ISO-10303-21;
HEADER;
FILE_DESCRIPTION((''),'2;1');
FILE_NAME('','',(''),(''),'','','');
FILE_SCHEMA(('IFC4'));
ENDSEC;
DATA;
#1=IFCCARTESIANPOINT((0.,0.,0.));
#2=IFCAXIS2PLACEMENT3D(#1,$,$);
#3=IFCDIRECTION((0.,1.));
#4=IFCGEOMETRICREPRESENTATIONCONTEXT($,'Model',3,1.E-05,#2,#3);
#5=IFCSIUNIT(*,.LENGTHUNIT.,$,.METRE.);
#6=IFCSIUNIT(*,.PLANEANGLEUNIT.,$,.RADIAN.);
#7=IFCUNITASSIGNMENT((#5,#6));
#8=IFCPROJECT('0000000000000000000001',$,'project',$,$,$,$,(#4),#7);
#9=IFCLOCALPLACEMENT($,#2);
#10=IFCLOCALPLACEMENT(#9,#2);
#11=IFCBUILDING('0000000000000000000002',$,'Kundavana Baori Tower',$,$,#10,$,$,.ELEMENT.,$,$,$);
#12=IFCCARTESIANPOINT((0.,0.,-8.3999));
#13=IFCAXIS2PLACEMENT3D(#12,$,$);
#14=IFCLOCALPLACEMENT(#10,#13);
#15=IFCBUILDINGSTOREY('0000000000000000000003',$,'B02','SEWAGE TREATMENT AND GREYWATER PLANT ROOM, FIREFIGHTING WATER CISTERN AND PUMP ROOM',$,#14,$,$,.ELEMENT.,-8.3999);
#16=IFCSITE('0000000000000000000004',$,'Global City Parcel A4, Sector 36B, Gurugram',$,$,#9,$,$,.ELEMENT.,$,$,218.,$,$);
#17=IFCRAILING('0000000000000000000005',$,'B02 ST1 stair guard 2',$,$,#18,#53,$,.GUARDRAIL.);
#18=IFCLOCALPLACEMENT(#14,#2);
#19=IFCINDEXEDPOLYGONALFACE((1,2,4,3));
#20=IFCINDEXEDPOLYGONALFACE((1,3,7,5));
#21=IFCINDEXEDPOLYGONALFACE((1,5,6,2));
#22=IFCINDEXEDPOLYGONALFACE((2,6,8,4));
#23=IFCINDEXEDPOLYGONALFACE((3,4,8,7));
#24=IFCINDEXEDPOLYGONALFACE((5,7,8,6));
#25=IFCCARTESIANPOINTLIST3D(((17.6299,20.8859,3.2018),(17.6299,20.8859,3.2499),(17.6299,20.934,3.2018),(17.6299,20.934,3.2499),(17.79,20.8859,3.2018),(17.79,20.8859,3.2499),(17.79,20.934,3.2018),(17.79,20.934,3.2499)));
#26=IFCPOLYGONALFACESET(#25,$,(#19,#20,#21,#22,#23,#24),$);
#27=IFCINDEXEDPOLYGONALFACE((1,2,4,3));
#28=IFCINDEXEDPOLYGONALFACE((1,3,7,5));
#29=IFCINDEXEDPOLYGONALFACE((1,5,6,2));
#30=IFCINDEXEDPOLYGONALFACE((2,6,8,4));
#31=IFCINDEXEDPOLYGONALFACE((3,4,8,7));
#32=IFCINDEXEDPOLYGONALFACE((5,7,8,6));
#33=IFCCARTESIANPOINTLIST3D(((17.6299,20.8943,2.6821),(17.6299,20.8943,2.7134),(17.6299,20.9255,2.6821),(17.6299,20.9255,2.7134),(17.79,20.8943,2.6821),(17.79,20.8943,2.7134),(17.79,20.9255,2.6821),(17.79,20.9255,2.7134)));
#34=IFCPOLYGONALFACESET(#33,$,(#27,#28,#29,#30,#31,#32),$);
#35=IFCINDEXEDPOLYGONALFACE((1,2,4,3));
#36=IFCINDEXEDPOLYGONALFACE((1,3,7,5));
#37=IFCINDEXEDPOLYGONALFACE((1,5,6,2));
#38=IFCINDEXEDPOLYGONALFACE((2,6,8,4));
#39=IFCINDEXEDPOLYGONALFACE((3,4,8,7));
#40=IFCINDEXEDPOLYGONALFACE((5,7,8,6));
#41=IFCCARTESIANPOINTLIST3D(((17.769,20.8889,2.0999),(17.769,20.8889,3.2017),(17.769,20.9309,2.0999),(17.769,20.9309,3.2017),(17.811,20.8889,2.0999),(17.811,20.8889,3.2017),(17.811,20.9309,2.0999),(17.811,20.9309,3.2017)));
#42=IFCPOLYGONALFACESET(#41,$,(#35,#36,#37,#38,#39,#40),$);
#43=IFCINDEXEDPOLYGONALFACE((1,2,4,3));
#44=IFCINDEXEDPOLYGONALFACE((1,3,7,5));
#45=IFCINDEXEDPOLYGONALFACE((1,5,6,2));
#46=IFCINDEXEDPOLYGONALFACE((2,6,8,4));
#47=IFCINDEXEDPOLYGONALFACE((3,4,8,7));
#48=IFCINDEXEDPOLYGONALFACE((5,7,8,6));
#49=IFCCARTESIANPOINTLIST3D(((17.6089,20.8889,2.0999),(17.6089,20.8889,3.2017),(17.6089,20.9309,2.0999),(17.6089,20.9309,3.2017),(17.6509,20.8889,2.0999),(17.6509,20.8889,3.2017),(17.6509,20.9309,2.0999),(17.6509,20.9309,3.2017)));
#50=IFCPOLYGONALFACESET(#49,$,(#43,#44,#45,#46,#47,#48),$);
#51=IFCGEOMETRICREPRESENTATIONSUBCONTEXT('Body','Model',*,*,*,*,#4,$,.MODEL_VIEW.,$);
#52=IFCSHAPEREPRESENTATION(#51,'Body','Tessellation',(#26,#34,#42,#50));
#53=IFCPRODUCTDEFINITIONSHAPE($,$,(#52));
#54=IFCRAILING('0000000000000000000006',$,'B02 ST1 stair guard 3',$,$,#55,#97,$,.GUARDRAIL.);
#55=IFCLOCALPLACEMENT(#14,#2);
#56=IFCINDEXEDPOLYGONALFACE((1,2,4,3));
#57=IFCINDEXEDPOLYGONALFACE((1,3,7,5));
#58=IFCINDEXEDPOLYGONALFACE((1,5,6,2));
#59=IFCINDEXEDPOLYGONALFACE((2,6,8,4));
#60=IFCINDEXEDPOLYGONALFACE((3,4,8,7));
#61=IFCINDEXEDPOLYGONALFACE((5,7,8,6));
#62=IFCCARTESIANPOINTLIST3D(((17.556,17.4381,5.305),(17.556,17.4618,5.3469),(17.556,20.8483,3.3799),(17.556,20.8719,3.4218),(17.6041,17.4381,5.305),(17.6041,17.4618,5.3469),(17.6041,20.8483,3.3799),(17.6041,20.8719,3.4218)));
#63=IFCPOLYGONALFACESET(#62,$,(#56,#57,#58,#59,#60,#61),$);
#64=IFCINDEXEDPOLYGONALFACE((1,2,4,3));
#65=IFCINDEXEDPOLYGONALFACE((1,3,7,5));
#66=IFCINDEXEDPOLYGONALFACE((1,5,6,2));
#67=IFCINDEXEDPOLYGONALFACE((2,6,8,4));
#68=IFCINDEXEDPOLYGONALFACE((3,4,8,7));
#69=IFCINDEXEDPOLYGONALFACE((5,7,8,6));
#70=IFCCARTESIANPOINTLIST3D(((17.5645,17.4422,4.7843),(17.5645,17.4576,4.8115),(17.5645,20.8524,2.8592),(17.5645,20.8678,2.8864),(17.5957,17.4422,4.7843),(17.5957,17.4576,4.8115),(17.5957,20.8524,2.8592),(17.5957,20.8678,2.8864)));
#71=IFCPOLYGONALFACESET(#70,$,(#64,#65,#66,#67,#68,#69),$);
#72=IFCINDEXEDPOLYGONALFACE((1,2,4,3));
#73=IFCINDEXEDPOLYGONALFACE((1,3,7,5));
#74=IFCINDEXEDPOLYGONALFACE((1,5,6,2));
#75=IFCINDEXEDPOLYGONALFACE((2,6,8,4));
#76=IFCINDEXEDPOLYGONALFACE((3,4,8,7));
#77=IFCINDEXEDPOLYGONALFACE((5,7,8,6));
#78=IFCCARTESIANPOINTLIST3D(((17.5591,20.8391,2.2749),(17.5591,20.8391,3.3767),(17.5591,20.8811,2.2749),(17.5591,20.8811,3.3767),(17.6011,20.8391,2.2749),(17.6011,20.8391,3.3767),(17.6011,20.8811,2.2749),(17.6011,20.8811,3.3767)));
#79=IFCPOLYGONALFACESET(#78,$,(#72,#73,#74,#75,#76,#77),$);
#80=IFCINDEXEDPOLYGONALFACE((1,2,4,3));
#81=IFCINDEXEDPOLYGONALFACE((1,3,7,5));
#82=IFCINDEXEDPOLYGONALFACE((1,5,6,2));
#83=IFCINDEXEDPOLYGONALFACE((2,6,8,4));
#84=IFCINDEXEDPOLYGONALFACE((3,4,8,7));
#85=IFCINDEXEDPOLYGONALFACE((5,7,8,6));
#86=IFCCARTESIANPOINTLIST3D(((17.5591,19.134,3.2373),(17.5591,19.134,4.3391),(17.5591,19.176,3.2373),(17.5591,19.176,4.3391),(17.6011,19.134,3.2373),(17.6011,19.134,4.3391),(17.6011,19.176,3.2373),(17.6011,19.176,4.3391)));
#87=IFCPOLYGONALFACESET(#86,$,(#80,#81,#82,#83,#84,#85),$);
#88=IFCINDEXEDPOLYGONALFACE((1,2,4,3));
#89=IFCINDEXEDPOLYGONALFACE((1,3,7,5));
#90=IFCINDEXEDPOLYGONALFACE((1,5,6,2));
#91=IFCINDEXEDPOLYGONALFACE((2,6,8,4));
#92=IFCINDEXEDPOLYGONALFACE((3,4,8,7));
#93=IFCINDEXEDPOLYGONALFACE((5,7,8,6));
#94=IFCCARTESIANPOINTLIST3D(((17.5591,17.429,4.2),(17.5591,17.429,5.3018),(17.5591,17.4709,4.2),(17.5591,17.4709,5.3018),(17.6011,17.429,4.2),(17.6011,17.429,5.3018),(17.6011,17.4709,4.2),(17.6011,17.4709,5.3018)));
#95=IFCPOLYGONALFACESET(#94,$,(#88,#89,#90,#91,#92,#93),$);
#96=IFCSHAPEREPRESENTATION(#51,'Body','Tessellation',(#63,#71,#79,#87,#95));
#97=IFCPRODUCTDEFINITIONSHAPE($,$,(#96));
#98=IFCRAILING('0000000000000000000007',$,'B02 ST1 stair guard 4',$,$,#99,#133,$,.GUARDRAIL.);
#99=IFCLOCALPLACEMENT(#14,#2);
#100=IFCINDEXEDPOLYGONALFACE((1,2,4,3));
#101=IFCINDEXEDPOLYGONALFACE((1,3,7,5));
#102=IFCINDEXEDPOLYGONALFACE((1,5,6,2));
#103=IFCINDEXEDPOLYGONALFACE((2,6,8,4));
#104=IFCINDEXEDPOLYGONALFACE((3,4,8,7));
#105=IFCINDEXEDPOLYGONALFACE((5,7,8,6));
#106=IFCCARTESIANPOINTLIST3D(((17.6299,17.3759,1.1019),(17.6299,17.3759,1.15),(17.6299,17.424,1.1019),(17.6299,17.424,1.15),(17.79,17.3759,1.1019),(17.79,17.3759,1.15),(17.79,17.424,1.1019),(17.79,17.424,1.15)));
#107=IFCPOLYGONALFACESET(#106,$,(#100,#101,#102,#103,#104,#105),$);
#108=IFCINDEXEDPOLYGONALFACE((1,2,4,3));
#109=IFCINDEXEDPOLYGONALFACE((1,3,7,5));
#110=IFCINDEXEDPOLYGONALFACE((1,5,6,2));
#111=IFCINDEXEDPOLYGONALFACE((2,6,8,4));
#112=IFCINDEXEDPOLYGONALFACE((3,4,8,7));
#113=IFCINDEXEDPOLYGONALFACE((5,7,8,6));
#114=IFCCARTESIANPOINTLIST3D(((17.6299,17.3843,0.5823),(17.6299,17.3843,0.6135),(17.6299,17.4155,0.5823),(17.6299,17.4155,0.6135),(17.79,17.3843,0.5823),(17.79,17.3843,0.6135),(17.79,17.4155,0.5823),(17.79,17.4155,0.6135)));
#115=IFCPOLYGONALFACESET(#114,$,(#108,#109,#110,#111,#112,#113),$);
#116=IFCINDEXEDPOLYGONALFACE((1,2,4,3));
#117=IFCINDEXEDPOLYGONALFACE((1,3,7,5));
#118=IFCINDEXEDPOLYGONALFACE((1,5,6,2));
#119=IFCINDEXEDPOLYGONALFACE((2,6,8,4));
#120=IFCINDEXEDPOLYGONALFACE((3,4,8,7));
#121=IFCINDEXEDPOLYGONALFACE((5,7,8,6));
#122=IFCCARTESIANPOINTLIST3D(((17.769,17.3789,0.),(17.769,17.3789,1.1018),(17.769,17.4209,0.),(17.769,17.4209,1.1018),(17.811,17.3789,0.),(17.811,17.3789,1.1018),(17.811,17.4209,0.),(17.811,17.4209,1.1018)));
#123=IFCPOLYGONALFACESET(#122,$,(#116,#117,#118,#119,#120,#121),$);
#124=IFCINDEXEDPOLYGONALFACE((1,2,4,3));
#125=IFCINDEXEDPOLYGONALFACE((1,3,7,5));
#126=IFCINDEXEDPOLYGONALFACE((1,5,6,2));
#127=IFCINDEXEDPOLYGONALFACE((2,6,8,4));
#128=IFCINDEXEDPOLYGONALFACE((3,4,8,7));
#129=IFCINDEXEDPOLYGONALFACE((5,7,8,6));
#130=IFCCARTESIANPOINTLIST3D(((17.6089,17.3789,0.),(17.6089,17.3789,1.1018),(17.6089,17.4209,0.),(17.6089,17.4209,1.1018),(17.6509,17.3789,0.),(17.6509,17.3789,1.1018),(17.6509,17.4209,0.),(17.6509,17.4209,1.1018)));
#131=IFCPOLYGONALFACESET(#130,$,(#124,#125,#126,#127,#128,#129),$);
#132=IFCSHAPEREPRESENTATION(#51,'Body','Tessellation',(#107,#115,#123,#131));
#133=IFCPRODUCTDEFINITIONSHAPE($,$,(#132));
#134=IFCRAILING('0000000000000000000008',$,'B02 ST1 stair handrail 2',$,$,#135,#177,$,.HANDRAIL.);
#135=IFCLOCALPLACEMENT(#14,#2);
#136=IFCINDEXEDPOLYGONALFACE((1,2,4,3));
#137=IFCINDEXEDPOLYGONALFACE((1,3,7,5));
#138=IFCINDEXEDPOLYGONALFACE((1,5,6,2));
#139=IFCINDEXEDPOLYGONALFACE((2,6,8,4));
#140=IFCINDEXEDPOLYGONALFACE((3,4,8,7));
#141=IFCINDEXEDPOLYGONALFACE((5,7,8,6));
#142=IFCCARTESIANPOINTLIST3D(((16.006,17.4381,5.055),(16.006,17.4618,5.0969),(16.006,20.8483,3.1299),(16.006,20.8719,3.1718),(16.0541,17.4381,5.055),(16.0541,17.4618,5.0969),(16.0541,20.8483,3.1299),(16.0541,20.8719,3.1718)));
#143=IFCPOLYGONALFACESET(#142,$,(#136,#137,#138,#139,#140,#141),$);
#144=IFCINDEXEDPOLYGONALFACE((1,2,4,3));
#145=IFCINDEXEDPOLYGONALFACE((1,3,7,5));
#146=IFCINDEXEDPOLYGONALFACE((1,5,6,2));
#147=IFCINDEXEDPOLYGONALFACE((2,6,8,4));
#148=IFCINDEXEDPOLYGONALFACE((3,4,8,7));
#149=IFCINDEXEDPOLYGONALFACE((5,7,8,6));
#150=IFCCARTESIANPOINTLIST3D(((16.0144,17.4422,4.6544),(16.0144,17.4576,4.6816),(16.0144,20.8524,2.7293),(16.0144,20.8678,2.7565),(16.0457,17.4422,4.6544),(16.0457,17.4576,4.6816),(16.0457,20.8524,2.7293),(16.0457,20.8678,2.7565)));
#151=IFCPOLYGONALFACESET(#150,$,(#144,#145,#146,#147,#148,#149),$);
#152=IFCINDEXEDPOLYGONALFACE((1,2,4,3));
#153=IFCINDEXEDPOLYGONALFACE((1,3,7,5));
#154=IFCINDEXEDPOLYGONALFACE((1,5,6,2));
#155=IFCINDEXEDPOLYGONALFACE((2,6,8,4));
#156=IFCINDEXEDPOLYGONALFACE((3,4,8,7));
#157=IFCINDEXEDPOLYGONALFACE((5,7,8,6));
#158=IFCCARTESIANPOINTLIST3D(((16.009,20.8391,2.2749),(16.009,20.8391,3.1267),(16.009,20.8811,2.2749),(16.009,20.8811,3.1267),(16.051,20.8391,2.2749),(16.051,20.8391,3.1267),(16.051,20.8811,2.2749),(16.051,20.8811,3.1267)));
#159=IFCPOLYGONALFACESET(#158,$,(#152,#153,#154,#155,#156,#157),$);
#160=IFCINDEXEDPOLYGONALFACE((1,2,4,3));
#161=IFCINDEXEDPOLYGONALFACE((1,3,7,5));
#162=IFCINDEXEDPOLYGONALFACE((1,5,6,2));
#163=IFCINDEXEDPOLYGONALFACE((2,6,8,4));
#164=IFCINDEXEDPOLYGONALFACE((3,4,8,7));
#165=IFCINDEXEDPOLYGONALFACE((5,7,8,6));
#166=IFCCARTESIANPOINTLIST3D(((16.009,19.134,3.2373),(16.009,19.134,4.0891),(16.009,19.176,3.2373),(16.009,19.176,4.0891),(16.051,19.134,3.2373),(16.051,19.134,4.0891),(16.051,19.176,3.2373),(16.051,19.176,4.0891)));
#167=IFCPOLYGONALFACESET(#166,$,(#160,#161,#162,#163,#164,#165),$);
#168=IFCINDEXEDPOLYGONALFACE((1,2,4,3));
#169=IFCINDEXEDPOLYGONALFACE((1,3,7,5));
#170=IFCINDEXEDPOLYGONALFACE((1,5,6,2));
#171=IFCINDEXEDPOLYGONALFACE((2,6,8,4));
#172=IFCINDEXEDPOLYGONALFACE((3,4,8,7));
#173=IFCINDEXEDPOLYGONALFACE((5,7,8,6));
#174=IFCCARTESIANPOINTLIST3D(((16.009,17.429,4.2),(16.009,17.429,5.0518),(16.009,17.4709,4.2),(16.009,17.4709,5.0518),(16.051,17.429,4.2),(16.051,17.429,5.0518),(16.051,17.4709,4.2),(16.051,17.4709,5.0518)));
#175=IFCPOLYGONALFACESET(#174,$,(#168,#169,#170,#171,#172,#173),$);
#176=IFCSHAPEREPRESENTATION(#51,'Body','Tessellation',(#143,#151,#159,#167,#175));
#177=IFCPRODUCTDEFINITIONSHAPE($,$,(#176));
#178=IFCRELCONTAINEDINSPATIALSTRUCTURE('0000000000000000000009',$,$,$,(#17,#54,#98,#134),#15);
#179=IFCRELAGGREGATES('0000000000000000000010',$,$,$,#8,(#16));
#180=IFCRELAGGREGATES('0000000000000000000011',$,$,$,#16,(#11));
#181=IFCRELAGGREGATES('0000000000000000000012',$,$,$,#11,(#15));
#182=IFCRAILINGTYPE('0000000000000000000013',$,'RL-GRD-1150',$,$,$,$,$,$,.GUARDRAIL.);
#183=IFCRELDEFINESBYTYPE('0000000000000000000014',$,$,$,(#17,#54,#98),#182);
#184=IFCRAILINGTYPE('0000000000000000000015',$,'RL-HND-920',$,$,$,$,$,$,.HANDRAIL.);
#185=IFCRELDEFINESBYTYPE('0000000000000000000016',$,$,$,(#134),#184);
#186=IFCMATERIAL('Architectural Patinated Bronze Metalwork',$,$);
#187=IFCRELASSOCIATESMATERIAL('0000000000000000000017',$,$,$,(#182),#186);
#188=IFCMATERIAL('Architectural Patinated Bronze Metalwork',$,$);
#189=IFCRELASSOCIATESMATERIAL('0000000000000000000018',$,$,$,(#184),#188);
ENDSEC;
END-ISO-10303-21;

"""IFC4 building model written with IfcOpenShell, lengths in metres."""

from ifc_helpers import new_model, si_unit, direction, frame, origin, origin_2d, place, context, subcontext, project, spatial, rectangle, extrude, material, type_object, element, save


model = new_model("IFC4")

# Units and contexts
model_context = context("Model", 3, precision=1e-05, world=origin(), true_north=direction((0.0, 1.0)))
body_context = subcontext(model_context, "Body", "Model", "MODEL_VIEW")
ifc_project = project(units=[si_unit("LENGTHUNIT", "METRE"), si_unit("PLANEANGLEUNIT", "RADIAN")], contexts=[model_context])

# Site, building, storey
site_placement = place(None, origin())
site = spatial("IfcSite", under=ifc_project, at=site_placement, Name="Global City Parcel A4, Sector 36B, Gurugram", CompositionType="ELEMENT", RefElevation=218.0)
building_placement = place(site_placement, origin())
building = spatial("IfcBuilding", under=site, at=building_placement, Name="Kundavana Baori Tower", CompositionType="ELEMENT")
storey_placement = place(building_placement, frame((0.0, 0.0, -8.3999)))
storey = spatial("IfcBuildingStorey", under=building, at=storey_placement, Name="B02", Description="SEWAGE TREATMENT AND GREYWATER PLANT ROOM, FIREFIGHTING WATER CISTERN AND PUMP ROOM", CompositionType="ELEMENT", Elevation=-8.3999)

# Railings
ifc_material_1 = material(Name="Architectural Patinated Bronze Metalwork")
railing_type_1 = type_object("IfcRailingType", Name="RL-GRD-1150", PredefinedType="GUARDRAIL", material=ifc_material_1)
railing_1_placement = place(storey_placement, frame((17.79, 20.9099, 2.0999)))
element("IfcRailing", 1, at=railing_1_placement, inside=storey, type_object=railing_type_1, Name="B02 ST1 stair guard 2", PredefinedType="GUARDRAIL", context=body_context, shape_type="SweptSolid", body=[
    extrude(rectangle(XDim=0.0481, YDim=0.0481, at=origin_2d()), frame((0.0, 0.0, 1.126), z_axis=(-1.0, 0.0, 0.0), x_axis=(0.0, -1.0, 0.0)), (0.0, 0.0, 1.0), 0.1602),
    extrude(rectangle(XDim=0.0312, YDim=0.0312, at=origin_2d()), frame((0.0, 0.0, 0.5979), z_axis=(-1.0, 0.0, 0.0), x_axis=(0.0, -1.0, 0.0)), (0.0, 0.0, 1.0), 0.1602),
    extrude(rectangle(XDim=0.042, YDim=0.042, at=origin_2d()), origin(), (0.0, 0.0, 1.0), 1.1018),
    extrude(rectangle(XDim=0.042, YDim=0.042, at=origin_2d()), frame((-0.1602, 0.0, 0.0)), (0.0, 0.0, 1.0), 1.1018),
])
railing_2_placement = place(storey_placement, frame((17.5801, 20.8601, 2.2749)))
element("IfcRailing", 2, at=railing_2_placement, inside=storey, type_object=railing_type_1, Name="B02 ST1 stair guard 3", PredefinedType="GUARDRAIL", context=body_context, shape_type="SweptSolid", body=[
    extrude(rectangle(XDim=0.0481, YDim=0.0481, at=origin_2d()), frame((0.0, 0.0, 1.126), z_axis=(0.0, -0.870829, 0.491587), x_axis=(1.0, 0.0, 0.0)), (0.0, 0.0, 1.0), 3.916),
    extrude(rectangle(XDim=0.0312, YDim=0.0312, at=origin_2d()), frame((0.0, 0.0, 0.5979), z_axis=(0.0, -0.870829, 0.491587), x_axis=(1.0, 0.0, 0.0)), (0.0, 0.0, 1.0), 3.916),
    extrude(rectangle(XDim=0.042, YDim=0.042, at=origin_2d()), origin(), (0.0, 0.0, 1.0), 1.1018),
    extrude(rectangle(XDim=0.042, YDim=0.042, at=origin_2d()), frame((0.0, -1.7051, 0.9624)), (0.0, 0.0, 1.0), 1.1018),
    extrude(rectangle(XDim=0.042, YDim=0.042, at=origin_2d()), frame((0.0, -3.4102, 1.925)), (0.0, 0.0, 1.0), 1.1018),
])
railing_3_placement = place(storey_placement, frame((17.79, 17.3999, 0.0)))
element("IfcRailing", 3, at=railing_3_placement, inside=storey, type_object=railing_type_1, Name="B02 ST1 stair guard 4", PredefinedType="GUARDRAIL", context=body_context, shape_type="SweptSolid", body=[
    extrude(rectangle(XDim=0.0481, YDim=0.0481, at=origin_2d()), frame((0.0, 0.0, 1.126), z_axis=(-1.0, 0.0, 0.0), x_axis=(0.0, -1.0, 0.0)), (0.0, 0.0, 1.0), 0.1602),
    extrude(rectangle(XDim=0.0312, YDim=0.0312, at=origin_2d()), frame((0.0, 0.0, 0.5979), z_axis=(-1.0, 0.0, 0.0), x_axis=(0.0, -1.0, 0.0)), (0.0, 0.0, 1.0), 0.1602),
    extrude(rectangle(XDim=0.042, YDim=0.042, at=origin_2d()), origin(), (0.0, 0.0, 1.0), 1.1018),
    extrude(rectangle(XDim=0.042, YDim=0.042, at=origin_2d()), frame((-0.1602, 0.0, 0.0)), (0.0, 0.0, 1.0), 1.1018),
])
ifc_material_2 = material(Name="Architectural Patinated Bronze Metalwork")
railing_type_2 = type_object("IfcRailingType", Name="RL-HND-920", PredefinedType="HANDRAIL", material=ifc_material_2)
railing_4_placement = place(storey_placement, frame((16.03, 20.8601, 2.2749)))
element("IfcRailing", 4, at=railing_4_placement, inside=storey, type_object=railing_type_2, Name="B02 ST1 stair handrail 2", PredefinedType="HANDRAIL", context=body_context, shape_type="SweptSolid", body=[
    extrude(rectangle(XDim=0.0481, YDim=0.0481, at=origin_2d()), frame((0.0, 0.0, 0.876), z_axis=(0.0, -0.870829, 0.491587), x_axis=(1.0, 0.0, 0.0)), (0.0, 0.0, 1.0), 3.916),
    extrude(rectangle(XDim=0.0312, YDim=0.0312, at=origin_2d()), frame((0.0, 0.0, 0.468), z_axis=(0.0, -0.870829, 0.491587), x_axis=(1.0, 0.0, 0.0)), (0.0, 0.0, 1.0), 3.916),
    extrude(rectangle(XDim=0.042, YDim=0.042, at=origin_2d()), origin(), (0.0, 0.0, 1.0), 0.8518),
    extrude(rectangle(XDim=0.042, YDim=0.042, at=origin_2d()), frame((0.0, -1.7051, 0.9624)), (0.0, 0.0, 1.0), 0.8518),
    extrude(rectangle(XDim=0.042, YDim=0.042, at=origin_2d()), frame((0.0, -3.4102, 1.925)), (0.0, 0.0, 1.0), 0.8518),
])

save(model, "model.ifc")
